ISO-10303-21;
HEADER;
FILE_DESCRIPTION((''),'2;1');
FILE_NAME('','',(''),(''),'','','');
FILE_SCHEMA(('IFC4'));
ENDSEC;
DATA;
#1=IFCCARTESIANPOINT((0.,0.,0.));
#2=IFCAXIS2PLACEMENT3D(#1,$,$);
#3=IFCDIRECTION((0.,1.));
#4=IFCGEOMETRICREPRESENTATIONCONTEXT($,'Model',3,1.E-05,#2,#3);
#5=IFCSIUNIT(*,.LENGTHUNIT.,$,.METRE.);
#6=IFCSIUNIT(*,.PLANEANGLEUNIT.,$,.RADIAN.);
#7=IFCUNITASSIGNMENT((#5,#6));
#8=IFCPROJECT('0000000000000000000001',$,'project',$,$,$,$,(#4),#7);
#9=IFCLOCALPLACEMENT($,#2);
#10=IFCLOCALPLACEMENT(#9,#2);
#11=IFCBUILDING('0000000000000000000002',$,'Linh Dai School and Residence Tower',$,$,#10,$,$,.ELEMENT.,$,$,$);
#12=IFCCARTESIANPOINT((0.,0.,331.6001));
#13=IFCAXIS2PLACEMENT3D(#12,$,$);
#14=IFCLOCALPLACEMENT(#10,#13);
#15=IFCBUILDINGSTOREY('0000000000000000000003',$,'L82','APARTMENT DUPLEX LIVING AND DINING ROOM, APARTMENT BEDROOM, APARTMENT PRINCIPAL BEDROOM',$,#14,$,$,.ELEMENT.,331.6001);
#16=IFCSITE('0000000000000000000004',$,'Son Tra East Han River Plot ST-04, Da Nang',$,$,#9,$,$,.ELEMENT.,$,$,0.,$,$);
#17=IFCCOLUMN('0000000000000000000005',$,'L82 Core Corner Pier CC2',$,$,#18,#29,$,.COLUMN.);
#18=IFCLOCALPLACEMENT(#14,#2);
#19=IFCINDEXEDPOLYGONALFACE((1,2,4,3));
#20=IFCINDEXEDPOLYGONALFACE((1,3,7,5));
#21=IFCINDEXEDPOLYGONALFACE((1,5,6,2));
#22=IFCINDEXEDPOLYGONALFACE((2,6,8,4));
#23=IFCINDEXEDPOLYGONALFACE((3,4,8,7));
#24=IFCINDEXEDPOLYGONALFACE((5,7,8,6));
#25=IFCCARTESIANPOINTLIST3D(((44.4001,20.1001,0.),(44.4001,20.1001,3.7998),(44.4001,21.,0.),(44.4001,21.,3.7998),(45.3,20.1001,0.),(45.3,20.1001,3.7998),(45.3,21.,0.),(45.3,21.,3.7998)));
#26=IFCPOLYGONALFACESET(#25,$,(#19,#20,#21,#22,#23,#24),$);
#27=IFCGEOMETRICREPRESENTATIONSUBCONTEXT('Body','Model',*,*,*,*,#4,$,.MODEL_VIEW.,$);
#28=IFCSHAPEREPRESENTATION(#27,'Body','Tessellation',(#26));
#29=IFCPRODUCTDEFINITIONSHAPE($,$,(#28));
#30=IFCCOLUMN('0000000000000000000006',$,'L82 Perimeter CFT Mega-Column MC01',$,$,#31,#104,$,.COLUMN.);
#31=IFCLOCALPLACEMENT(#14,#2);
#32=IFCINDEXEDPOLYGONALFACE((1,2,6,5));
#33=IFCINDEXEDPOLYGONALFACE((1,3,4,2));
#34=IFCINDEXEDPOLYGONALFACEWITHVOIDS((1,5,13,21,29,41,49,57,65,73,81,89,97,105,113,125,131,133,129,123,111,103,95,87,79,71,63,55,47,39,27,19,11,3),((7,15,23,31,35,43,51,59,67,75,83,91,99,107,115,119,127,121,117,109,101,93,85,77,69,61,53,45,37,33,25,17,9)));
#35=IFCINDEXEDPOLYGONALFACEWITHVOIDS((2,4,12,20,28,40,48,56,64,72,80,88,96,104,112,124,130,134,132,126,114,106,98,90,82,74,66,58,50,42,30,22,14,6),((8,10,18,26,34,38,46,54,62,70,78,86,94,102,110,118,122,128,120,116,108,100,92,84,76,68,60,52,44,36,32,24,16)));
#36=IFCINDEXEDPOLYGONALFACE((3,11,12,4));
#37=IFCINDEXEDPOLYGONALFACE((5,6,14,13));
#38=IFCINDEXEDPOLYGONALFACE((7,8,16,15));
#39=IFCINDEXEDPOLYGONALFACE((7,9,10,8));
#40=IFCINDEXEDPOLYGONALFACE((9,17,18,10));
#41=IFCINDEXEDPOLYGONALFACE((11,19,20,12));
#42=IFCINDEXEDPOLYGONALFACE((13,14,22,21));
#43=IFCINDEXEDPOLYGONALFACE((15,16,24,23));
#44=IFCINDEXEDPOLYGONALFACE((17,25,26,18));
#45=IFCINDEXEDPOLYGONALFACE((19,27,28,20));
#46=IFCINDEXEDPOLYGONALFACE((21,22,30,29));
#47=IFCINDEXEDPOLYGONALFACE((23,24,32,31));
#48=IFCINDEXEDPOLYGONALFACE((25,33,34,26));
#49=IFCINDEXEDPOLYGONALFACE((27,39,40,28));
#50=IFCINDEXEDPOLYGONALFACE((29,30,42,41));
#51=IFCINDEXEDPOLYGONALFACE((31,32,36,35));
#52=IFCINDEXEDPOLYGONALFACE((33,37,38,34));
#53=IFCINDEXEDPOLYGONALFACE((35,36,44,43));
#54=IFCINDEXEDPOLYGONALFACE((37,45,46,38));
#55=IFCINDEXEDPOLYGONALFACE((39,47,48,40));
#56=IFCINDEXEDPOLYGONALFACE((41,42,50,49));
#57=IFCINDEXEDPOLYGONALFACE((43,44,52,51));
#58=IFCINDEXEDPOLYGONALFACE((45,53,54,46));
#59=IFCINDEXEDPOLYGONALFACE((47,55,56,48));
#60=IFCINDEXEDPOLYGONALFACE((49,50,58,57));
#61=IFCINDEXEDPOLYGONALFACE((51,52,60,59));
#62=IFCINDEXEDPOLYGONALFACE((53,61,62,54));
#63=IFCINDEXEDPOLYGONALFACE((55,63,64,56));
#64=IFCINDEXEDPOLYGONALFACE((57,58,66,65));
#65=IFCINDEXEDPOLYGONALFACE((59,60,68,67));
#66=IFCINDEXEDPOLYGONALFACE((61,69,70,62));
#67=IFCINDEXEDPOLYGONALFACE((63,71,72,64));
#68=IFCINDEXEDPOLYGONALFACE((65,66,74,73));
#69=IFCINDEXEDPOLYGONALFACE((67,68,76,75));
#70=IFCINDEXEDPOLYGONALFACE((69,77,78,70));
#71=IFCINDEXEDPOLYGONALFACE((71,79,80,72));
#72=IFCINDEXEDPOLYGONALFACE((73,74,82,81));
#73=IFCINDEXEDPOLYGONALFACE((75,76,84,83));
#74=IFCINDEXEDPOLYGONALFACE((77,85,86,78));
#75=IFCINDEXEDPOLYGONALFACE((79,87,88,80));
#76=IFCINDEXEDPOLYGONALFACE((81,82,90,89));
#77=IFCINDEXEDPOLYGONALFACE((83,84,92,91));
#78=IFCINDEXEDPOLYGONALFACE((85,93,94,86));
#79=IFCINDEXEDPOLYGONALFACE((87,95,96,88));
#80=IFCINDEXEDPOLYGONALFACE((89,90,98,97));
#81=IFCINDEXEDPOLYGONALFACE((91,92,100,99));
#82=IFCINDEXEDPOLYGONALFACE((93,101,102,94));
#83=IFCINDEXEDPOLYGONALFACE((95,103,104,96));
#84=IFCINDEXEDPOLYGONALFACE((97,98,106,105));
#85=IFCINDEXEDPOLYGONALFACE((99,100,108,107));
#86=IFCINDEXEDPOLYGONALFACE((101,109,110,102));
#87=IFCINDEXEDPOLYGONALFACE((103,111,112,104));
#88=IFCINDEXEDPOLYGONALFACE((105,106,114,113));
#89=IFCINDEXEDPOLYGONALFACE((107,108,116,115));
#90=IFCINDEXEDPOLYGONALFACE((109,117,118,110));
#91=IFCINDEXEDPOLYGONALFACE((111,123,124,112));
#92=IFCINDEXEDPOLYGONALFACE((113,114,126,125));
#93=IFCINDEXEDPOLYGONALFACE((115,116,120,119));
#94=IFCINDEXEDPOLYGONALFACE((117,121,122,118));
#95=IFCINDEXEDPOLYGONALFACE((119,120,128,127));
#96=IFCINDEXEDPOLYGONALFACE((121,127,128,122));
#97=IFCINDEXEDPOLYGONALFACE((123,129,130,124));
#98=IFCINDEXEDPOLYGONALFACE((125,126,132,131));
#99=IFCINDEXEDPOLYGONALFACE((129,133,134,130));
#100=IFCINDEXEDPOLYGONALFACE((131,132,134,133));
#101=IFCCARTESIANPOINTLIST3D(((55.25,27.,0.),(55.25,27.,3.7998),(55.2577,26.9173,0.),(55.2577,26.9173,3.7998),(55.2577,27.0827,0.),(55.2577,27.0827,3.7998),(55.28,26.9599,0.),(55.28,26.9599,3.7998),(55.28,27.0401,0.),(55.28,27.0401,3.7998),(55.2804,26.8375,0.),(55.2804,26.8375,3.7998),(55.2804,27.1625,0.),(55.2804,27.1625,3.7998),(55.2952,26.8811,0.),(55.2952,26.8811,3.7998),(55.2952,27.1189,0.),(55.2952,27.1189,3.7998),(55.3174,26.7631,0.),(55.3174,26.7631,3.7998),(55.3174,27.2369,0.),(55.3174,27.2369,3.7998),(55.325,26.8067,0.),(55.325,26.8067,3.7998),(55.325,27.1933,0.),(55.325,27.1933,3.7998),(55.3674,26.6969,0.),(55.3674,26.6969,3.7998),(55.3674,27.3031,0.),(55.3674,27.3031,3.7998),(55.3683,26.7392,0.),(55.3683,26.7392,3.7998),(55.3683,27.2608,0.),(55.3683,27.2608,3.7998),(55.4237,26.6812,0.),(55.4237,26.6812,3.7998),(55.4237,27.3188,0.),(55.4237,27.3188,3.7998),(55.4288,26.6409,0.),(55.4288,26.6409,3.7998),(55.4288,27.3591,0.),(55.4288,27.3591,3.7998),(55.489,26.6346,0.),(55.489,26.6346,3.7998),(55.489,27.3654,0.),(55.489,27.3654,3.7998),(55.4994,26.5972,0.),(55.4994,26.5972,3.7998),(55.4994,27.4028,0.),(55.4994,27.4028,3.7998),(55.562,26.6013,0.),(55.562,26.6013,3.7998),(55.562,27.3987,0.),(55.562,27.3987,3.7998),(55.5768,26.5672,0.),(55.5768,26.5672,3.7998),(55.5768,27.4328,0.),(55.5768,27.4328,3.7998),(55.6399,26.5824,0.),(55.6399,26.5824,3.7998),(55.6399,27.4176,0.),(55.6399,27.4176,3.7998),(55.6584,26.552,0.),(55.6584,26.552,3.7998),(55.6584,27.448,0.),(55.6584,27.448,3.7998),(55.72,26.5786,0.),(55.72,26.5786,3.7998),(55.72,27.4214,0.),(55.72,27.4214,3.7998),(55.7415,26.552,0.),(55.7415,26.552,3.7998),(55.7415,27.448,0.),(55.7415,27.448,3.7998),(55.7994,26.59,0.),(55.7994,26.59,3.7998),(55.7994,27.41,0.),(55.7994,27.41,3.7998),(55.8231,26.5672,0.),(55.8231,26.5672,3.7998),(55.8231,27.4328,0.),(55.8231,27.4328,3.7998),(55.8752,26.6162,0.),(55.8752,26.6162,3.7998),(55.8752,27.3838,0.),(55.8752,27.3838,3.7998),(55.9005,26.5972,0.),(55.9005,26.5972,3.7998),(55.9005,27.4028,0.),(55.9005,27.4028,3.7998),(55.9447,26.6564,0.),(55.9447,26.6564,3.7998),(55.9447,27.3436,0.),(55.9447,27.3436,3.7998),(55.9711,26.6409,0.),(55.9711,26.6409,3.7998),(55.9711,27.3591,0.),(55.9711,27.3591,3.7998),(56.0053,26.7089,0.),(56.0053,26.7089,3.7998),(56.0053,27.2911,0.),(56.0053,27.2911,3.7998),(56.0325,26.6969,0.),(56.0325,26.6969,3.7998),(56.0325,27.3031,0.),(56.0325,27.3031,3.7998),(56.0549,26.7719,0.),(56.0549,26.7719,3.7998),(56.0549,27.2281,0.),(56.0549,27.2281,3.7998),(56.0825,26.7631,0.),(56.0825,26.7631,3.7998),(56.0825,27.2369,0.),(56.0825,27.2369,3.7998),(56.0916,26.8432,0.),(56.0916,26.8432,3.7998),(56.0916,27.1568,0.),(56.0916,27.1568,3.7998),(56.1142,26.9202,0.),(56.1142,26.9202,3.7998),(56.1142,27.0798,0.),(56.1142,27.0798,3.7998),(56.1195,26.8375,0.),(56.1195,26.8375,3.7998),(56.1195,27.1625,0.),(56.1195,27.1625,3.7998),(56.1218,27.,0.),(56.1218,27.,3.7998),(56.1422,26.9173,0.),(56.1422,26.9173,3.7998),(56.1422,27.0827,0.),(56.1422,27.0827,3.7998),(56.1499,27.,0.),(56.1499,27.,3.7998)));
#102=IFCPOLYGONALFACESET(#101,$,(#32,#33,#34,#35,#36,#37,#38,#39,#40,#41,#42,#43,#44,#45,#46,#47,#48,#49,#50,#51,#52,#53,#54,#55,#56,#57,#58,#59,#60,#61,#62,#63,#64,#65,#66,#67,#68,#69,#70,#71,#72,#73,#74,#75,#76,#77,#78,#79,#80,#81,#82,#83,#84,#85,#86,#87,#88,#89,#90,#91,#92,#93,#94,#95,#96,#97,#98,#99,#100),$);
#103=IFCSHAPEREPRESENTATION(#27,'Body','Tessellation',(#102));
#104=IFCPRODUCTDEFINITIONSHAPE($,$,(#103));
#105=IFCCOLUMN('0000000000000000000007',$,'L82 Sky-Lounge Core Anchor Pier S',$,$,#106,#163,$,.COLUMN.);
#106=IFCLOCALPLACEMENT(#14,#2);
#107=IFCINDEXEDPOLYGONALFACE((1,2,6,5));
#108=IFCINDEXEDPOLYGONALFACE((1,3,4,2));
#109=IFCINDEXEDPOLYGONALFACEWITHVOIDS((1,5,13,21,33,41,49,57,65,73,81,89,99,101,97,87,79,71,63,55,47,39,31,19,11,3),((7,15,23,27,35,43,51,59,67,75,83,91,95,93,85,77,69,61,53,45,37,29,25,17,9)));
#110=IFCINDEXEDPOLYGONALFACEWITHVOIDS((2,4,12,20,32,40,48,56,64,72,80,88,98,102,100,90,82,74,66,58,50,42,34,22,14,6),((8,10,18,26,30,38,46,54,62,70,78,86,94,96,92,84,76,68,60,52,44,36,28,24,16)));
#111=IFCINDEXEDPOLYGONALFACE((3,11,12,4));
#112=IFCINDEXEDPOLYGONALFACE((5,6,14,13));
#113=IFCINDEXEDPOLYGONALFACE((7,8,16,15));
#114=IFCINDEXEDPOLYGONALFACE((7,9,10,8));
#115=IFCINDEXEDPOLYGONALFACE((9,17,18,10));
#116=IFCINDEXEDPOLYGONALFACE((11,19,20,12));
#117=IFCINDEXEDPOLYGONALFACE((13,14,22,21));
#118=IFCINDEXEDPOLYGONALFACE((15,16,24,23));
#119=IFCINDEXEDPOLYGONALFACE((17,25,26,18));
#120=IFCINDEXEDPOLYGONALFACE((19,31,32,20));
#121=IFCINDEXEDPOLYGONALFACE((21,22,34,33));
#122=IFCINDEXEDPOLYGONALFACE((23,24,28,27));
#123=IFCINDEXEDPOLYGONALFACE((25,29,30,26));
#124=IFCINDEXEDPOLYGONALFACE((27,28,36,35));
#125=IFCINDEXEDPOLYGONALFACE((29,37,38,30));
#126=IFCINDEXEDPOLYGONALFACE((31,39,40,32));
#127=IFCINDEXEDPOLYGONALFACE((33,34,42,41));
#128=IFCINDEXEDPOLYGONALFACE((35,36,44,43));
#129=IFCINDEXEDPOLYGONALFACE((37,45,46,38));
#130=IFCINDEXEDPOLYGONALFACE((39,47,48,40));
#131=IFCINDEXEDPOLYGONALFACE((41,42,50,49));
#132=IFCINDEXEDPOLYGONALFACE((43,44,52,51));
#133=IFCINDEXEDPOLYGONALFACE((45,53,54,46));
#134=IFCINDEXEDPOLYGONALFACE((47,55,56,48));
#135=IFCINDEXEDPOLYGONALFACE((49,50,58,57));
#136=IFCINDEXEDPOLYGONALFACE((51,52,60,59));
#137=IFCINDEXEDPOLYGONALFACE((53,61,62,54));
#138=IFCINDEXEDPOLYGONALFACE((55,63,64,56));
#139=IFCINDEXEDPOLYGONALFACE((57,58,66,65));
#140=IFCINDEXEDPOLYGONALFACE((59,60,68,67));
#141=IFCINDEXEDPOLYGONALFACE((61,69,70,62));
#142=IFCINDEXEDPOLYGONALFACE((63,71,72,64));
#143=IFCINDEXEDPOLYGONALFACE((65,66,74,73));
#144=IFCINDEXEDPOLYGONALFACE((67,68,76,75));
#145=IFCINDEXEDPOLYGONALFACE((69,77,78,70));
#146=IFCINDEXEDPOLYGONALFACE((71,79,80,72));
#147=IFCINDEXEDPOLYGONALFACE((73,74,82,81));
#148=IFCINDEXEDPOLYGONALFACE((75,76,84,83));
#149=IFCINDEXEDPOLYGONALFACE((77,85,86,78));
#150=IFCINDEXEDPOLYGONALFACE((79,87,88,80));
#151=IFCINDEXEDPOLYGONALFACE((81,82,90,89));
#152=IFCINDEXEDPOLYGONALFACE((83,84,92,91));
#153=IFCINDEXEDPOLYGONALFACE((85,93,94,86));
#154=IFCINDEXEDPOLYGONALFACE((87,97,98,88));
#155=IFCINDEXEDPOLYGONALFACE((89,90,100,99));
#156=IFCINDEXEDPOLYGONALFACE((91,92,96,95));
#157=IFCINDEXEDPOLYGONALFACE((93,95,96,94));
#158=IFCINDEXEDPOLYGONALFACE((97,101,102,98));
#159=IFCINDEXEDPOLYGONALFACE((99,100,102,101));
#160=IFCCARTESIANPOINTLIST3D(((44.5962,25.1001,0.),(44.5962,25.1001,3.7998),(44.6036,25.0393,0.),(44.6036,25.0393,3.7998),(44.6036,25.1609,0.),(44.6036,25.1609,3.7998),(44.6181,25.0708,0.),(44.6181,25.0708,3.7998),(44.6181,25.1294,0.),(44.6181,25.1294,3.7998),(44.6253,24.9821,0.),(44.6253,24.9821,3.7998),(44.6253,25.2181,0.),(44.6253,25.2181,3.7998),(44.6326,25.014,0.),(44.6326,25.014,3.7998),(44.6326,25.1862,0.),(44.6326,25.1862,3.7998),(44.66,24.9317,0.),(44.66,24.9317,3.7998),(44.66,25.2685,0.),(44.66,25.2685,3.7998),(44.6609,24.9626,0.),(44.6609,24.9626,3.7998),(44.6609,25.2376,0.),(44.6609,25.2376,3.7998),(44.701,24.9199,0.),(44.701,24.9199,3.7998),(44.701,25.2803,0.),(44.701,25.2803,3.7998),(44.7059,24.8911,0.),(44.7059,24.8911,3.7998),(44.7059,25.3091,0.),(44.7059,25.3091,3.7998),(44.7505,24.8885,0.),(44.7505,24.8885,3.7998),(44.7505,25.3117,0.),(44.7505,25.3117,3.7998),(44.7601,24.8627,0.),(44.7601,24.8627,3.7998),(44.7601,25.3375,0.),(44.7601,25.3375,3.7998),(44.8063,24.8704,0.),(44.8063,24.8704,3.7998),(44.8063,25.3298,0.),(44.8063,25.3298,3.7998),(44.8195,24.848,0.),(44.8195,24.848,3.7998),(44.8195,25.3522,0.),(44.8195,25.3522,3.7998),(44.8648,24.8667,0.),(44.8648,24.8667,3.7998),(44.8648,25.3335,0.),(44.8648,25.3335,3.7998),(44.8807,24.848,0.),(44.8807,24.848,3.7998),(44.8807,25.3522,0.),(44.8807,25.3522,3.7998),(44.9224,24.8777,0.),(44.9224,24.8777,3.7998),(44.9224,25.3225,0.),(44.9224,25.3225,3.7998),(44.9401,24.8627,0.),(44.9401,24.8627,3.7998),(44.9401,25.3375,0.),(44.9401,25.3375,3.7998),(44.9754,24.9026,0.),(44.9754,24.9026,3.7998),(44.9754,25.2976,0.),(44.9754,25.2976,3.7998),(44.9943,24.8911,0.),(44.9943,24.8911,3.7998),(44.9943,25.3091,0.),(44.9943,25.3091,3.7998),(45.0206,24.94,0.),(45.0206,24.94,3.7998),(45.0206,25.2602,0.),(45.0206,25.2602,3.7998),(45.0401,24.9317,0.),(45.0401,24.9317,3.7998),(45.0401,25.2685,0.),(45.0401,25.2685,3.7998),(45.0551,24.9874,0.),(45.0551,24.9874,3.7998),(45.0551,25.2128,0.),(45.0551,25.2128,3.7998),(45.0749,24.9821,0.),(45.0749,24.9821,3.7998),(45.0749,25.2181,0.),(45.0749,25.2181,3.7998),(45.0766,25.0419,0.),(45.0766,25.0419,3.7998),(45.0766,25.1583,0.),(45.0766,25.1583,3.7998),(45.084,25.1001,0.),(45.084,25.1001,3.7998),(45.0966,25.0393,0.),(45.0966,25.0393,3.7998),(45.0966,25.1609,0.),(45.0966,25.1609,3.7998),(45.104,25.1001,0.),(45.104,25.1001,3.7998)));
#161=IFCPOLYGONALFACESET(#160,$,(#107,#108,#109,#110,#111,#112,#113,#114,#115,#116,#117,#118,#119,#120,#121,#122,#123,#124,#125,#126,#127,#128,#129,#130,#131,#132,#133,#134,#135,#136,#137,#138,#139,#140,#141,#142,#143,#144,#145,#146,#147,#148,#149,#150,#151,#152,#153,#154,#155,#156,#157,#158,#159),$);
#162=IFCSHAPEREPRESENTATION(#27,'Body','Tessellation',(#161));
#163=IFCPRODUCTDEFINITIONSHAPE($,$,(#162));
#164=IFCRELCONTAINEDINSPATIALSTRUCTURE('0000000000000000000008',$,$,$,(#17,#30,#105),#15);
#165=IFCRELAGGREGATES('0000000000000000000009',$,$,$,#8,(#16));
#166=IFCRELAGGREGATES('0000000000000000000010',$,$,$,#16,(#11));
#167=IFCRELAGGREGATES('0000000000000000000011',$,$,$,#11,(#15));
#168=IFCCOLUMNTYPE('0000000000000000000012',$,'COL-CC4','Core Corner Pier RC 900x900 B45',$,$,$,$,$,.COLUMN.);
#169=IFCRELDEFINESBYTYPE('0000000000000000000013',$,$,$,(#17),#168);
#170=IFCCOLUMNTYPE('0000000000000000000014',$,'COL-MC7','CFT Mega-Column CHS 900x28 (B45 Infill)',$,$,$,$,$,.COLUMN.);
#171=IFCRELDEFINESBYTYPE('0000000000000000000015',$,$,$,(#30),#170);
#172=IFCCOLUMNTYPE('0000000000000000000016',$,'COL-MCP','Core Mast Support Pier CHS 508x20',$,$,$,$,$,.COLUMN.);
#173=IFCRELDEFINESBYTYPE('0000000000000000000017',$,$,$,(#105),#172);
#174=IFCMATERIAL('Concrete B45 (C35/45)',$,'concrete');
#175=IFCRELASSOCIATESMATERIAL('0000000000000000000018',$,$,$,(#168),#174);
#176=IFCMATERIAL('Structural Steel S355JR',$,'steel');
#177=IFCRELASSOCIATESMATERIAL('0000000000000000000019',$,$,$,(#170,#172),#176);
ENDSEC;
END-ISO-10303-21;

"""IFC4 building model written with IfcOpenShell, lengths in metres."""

from ifc_helpers import new_model, si_unit, direction, frame, origin, origin_2d, place, context, subcontext, project, spatial, rectangle, hollow_circle, extrude, material, material_profile, profile_set, type_object, element, save


model = new_model("IFC4")

# Units and contexts
model_context = context("Model", 3, precision=1e-05, world=origin(), true_north=direction((0.0, 1.0)))
body_context = subcontext(model_context, "Body", "Model", "MODEL_VIEW")
ifc_project = project(units=[si_unit("LENGTHUNIT", "METRE"), si_unit("PLANEANGLEUNIT", "RADIAN")], contexts=[model_context])

# Site, building, storey
site_placement = place(None, origin())
site = spatial("IfcSite", under=ifc_project, at=site_placement, Name="Son Tra East Han River Plot ST-04, Da Nang", CompositionType="ELEMENT", RefElevation=0.0)
building_placement = place(site_placement, origin())
building = spatial("IfcBuilding", under=site, at=building_placement, Name="Linh Dai School and Residence Tower", CompositionType="ELEMENT")
storey_placement = place(building_placement, frame((0.0, 0.0, 331.6001)))
storey = spatial("IfcBuildingStorey", under=building, at=storey_placement, Name="L82", Description="APARTMENT DUPLEX LIVING AND DINING ROOM, APARTMENT BEDROOM, APARTMENT PRINCIPAL BEDROOM", CompositionType="ELEMENT", Elevation=331.6001)

# Columns
ifc_material_1 = material(Name="Concrete B45 (C35/45)", Category="concrete")
ifc_material_profile_1 = material_profile(ifc_material_1, rectangle(XDim=0.8999, YDim=0.8999, at=origin_2d()), Name="RC 900x900")
ifc_profile_set_1 = profile_set([ifc_material_profile_1], Name="Concrete B45 (C35/45)")
column_type_1 = type_object("IfcColumnType", Name="COL-CC4", Description="Core Corner Pier RC 900x900 B45", PredefinedType="COLUMN", material=ifc_profile_set_1)
column_1_placement = place(storey_placement, frame((44.8501, 20.55, 0.0), z_axis=(0.0, 0.0, 1.0), x_axis=(1.0, 0.0, 0.0)))
element("IfcColumn", 1, at=column_1_placement, inside=storey, type_object=column_type_1, Name="L82 Core Corner Pier CC2", PredefinedType="COLUMN", context=body_context, shape_type="SweptSolid", body=[
    extrude(rectangle(XDim=0.8999, YDim=0.8999, at=origin_2d()), origin(), (0.0, 0.0, 1.0), 3.7998),
])
ifc_material_2 = material(Name="Structural Steel S355JR", Category="steel")
ifc_material_profile_2 = material_profile(ifc_material_2, hollow_circle(Radius=0.45, WallThickness=0.0281, at=origin_2d()), Name="CHS 900x28")
ifc_profile_set_2 = profile_set([ifc_material_profile_2], Name="Structural Steel S355JR")
column_type_2 = type_object("IfcColumnType", Name="COL-MC7", Description="CFT Mega-Column CHS 900x28 (B45 Infill)", PredefinedType="COLUMN", material=ifc_profile_set_2)
column_2_placement = place(storey_placement, frame((55.7, 27.0, 0.0), z_axis=(0.0, 0.0, 1.0), x_axis=(1.0, 0.0, 0.0)))
element("IfcColumn", 2, at=column_2_placement, inside=storey, type_object=column_type_2, Name="L82 Perimeter CFT Mega-Column MC01", PredefinedType="COLUMN", context=body_context, shape_type="SweptSolid", body=[
    extrude(hollow_circle(Radius=0.45, WallThickness=0.0281, at=origin_2d()), origin(), (0.0, 0.0, 1.0), 3.7998),
])
ifc_material_profile_3 = material_profile(ifc_material_2, hollow_circle(Radius=0.2539, WallThickness=0.02, at=origin_2d()), Name="CHS 508x20")
ifc_profile_set_3 = profile_set([ifc_material_profile_3], Name="Structural Steel S355JR")
column_type_3 = type_object("IfcColumnType", Name="COL-MCP", Description="Core Mast Support Pier CHS 508x20", PredefinedType="COLUMN", material=ifc_profile_set_3)
column_3_placement = place(storey_placement, frame((44.8501, 25.1001, 0.0), z_axis=(0.0, 0.0, 1.0), x_axis=(1.0, 0.0, 0.0)))
element("IfcColumn", 3, at=column_3_placement, inside=storey, type_object=column_type_3, Name="L82 Sky-Lounge Core Anchor Pier S", PredefinedType="COLUMN", context=body_context, shape_type="SweptSolid", body=[
    extrude(hollow_circle(Radius=0.2539, WallThickness=0.02, at=origin_2d()), origin(), (0.0, 0.0, 1.0), 3.7998),
])

save(model, "model.ifc")
